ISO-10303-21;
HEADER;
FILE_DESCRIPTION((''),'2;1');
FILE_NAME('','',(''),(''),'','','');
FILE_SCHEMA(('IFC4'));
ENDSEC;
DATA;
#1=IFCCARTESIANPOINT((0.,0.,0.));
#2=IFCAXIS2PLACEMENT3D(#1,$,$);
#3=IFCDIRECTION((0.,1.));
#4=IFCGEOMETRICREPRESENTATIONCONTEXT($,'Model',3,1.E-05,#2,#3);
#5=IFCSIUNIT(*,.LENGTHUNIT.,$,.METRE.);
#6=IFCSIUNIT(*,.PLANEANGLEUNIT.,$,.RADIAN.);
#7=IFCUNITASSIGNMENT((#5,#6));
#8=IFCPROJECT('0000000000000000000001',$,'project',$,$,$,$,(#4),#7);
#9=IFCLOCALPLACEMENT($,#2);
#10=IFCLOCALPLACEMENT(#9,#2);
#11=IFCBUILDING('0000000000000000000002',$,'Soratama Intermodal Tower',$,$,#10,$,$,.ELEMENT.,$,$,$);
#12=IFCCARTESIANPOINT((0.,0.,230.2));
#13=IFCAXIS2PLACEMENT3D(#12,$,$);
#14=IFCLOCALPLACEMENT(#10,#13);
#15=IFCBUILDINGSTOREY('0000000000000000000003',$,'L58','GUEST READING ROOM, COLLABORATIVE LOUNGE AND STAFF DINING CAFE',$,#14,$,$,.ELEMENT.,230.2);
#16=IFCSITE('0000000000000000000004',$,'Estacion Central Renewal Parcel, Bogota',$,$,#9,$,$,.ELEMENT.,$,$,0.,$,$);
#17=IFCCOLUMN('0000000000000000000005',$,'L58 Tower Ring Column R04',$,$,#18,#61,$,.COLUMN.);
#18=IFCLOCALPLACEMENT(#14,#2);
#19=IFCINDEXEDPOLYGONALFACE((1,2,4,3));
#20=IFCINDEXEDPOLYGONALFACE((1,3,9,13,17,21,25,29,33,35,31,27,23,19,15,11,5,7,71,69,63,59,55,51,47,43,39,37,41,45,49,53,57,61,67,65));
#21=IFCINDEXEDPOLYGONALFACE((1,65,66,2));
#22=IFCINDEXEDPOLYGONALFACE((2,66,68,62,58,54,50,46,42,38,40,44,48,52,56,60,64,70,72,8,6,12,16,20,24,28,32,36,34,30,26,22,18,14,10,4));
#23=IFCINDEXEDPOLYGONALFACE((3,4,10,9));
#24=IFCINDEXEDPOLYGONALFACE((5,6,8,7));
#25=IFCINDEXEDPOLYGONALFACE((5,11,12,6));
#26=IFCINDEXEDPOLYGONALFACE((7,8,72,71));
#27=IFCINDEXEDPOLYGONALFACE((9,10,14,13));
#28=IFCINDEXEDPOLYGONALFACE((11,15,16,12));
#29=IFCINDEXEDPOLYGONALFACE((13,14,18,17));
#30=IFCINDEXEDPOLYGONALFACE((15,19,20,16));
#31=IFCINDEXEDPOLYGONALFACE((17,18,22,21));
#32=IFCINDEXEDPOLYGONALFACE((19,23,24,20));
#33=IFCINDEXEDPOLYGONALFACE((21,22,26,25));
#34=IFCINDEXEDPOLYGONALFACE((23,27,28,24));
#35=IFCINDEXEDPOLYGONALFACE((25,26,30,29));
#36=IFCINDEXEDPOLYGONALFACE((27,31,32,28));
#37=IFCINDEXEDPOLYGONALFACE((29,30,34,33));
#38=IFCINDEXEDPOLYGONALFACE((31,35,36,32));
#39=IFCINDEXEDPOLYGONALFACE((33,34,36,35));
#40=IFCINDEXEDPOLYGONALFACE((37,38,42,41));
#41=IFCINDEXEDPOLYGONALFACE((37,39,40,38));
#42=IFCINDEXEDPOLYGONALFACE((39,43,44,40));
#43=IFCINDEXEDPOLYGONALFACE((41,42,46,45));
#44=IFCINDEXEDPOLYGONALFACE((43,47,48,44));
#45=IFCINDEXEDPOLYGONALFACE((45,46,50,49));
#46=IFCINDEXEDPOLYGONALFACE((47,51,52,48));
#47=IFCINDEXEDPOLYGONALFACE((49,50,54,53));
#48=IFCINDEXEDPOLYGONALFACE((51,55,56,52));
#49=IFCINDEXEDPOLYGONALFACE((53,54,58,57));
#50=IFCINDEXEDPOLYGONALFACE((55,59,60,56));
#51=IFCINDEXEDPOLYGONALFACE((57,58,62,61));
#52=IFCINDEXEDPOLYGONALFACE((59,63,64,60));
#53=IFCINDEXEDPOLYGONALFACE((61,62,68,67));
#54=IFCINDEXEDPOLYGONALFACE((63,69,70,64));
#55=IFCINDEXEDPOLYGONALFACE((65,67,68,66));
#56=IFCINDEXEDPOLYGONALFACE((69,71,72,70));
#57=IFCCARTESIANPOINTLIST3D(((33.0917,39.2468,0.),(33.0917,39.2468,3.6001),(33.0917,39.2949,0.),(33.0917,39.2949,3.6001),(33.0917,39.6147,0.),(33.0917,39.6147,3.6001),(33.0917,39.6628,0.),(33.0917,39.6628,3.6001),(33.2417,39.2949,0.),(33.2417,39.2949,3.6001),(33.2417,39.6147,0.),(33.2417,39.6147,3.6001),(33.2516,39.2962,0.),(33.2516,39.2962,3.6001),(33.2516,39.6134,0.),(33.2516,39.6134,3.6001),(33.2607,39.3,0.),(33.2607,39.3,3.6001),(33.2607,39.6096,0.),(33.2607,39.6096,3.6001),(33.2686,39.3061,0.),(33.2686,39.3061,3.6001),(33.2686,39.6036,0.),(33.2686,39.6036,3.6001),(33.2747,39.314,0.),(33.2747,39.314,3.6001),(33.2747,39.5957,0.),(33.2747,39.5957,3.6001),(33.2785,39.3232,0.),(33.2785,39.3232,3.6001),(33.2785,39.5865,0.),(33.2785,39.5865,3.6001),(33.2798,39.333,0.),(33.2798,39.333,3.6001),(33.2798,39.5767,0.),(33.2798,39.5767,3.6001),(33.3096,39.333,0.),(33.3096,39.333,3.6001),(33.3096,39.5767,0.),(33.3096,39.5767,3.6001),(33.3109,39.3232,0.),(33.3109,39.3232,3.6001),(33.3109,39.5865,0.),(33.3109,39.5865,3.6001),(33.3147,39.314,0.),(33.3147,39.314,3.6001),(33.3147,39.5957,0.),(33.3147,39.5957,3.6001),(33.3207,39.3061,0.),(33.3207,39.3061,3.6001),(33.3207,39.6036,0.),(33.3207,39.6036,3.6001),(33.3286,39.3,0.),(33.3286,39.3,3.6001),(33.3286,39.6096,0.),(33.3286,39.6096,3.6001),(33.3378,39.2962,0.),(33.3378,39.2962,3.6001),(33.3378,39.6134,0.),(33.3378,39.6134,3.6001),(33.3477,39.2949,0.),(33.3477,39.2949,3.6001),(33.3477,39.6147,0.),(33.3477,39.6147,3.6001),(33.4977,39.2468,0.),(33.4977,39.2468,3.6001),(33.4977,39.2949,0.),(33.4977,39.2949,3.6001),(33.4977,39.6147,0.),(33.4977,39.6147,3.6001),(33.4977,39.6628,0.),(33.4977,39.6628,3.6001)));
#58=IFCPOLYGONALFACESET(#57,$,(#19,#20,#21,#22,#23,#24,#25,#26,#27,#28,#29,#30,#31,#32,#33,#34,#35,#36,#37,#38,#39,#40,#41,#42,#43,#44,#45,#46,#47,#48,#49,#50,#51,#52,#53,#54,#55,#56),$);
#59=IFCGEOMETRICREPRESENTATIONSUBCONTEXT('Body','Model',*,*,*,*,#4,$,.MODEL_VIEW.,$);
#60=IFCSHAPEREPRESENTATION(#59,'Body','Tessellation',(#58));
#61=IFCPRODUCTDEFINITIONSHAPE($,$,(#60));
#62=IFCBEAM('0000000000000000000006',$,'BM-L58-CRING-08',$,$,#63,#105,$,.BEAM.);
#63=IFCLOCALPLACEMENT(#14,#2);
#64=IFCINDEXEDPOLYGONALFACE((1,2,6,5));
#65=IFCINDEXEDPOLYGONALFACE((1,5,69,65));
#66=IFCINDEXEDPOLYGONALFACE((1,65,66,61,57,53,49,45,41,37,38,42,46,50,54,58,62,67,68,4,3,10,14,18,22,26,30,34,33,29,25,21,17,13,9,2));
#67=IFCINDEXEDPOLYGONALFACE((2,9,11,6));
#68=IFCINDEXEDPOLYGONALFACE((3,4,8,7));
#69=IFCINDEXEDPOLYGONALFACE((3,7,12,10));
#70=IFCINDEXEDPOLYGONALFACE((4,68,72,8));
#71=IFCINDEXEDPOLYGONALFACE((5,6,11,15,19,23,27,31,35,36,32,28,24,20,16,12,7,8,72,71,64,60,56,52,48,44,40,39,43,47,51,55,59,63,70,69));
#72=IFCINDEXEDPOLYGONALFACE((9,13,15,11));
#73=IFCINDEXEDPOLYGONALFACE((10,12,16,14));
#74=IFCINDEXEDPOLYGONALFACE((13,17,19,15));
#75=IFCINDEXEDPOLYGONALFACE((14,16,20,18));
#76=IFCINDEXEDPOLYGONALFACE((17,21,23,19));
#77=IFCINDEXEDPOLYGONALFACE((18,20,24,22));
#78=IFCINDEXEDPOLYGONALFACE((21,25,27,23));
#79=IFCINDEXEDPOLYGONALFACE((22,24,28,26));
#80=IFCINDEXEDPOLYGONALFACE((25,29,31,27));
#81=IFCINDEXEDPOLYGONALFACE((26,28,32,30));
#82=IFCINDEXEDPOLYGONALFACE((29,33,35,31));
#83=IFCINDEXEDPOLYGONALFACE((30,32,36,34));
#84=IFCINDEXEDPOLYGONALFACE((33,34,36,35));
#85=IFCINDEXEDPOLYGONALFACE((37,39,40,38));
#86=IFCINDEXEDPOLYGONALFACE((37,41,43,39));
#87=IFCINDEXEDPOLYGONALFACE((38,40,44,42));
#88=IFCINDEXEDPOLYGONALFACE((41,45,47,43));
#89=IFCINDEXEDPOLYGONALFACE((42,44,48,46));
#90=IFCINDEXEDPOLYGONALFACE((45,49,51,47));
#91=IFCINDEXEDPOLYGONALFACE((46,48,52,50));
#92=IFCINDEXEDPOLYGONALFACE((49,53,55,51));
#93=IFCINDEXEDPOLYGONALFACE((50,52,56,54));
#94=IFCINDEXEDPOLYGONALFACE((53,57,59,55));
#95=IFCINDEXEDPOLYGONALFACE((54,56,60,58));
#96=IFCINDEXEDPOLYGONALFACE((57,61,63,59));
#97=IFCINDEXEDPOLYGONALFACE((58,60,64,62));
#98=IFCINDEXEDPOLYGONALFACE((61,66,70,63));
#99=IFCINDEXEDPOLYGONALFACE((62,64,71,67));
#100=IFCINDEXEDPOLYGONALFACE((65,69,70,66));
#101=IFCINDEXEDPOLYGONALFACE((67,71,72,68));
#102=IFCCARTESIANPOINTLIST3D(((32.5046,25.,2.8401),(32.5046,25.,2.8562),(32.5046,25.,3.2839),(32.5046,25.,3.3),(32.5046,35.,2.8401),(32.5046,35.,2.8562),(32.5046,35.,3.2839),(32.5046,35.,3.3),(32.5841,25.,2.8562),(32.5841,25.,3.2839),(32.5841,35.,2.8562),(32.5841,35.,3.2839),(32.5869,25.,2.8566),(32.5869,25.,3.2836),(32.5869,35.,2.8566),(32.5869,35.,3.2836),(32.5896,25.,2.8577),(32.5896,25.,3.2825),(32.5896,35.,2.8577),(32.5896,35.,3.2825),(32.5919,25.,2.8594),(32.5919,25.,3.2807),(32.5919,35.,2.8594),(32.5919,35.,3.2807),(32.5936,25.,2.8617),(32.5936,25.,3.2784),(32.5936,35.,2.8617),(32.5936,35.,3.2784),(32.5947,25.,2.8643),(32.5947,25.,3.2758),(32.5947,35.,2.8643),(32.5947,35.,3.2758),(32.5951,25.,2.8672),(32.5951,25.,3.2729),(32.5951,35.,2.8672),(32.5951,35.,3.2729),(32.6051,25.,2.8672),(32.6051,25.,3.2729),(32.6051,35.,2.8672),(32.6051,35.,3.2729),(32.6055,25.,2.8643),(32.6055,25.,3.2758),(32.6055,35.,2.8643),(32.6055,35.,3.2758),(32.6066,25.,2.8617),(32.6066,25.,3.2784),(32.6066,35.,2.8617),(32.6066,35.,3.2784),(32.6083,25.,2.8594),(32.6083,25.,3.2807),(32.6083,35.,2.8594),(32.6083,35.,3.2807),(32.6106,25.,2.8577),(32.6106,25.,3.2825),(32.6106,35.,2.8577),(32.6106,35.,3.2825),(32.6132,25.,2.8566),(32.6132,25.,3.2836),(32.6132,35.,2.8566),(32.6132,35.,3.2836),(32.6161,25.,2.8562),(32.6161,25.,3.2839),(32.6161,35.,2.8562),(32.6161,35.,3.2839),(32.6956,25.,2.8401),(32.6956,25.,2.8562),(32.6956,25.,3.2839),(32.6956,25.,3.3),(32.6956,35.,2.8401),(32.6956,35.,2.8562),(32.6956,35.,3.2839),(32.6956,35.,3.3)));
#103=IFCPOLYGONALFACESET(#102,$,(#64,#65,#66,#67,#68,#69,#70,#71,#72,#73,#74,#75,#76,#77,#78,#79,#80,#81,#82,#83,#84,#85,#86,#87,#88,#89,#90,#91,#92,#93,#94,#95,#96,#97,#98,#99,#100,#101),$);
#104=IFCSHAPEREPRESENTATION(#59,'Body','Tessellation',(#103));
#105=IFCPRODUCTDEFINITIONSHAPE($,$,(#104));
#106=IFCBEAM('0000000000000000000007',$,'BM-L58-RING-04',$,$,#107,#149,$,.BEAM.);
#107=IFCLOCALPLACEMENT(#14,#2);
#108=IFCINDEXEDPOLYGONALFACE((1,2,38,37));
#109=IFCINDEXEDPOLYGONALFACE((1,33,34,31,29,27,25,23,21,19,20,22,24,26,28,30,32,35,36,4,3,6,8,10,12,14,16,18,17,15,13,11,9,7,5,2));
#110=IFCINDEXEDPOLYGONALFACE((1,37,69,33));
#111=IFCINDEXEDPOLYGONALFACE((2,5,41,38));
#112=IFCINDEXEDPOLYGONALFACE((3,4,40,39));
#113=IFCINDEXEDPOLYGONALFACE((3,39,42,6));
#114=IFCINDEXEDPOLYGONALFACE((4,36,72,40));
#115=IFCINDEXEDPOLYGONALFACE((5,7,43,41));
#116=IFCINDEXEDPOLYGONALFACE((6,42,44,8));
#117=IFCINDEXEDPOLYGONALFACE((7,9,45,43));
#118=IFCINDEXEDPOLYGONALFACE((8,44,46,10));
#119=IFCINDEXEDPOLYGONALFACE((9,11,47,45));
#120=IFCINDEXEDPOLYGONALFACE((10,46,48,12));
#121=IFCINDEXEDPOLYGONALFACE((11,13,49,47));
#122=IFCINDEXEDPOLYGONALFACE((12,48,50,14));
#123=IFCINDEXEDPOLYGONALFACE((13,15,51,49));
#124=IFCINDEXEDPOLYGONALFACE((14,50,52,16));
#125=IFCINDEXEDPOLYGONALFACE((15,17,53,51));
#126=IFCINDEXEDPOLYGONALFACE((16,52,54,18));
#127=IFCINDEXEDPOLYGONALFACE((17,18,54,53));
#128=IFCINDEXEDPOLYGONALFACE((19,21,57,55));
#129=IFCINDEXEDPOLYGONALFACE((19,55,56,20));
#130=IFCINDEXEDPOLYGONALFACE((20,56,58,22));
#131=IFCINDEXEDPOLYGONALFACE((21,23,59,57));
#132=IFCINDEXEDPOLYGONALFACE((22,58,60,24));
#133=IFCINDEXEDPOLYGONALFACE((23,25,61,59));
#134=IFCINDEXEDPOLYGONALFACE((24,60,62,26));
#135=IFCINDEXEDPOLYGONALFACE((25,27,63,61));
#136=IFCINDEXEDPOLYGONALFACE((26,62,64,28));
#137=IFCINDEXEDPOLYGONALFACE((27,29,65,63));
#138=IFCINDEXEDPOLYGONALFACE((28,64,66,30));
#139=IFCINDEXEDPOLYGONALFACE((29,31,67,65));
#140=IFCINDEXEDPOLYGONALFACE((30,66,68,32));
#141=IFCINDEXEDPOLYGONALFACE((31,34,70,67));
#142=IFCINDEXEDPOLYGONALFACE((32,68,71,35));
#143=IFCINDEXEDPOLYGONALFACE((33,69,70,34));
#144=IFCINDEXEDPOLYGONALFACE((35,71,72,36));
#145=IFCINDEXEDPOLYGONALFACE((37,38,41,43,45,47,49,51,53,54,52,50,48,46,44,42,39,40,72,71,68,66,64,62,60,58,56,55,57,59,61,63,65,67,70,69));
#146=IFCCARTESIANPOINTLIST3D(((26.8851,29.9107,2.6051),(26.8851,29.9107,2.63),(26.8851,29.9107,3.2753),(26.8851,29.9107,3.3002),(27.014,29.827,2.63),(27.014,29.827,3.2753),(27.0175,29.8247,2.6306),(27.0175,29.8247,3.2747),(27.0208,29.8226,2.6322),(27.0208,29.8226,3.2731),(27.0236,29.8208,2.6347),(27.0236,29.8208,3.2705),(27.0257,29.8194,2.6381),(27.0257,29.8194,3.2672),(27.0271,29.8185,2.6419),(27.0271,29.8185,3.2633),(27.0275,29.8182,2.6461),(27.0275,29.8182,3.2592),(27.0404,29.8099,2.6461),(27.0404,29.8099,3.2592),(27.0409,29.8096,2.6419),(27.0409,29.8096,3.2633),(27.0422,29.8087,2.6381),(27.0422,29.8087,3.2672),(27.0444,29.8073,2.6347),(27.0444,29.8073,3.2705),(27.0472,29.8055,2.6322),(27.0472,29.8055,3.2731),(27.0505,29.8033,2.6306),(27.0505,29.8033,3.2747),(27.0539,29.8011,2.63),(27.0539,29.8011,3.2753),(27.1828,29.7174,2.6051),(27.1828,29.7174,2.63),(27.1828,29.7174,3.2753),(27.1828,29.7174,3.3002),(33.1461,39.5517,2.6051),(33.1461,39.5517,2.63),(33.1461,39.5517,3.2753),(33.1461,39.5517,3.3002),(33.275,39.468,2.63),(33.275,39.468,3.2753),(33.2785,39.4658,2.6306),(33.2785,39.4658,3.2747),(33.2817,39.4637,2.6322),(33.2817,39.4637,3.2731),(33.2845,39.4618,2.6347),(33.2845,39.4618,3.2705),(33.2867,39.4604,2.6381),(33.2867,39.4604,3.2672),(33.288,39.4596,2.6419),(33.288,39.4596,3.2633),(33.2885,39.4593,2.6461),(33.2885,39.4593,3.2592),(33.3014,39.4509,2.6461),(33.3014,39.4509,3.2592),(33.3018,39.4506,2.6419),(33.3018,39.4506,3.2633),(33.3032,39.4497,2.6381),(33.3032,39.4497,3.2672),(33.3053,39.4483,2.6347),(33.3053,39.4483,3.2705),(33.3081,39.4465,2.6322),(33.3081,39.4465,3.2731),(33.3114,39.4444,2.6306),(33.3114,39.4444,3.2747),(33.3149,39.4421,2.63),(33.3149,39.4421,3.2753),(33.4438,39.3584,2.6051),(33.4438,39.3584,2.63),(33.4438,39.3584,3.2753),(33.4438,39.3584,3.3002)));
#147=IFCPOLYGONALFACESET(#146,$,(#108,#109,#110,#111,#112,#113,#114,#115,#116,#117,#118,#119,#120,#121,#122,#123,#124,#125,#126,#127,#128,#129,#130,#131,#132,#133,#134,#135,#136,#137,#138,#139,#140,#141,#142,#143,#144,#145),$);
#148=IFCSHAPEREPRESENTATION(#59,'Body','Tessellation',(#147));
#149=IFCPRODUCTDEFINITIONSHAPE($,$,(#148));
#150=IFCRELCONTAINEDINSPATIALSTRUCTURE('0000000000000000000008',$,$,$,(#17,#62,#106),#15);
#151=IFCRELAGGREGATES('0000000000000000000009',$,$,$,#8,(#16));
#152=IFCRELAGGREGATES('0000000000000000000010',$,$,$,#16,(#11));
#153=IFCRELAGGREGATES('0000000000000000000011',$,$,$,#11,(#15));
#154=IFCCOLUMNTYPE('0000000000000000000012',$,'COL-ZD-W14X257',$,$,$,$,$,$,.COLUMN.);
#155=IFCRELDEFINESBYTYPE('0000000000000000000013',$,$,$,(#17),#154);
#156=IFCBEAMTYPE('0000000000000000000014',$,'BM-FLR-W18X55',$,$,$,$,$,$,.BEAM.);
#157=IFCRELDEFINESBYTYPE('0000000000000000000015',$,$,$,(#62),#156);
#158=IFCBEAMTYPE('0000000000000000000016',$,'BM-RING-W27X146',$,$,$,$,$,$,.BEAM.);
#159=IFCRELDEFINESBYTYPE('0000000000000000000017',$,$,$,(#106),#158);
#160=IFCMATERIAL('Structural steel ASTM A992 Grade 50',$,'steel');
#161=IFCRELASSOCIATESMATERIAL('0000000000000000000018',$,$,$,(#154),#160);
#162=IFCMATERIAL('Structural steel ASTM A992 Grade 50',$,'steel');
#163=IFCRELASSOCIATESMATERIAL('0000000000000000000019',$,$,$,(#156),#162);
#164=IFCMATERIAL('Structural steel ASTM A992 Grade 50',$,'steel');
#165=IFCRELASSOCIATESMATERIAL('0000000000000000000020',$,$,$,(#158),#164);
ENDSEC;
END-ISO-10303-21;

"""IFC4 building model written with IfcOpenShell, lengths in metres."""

from ifc_helpers import new_model, si_unit, direction, frame, origin, origin_2d, place, context, subcontext, project, spatial, i_section, extrude, material, material_profile, profile_set, type_object, element, save


model = new_model("IFC4")

# Units and contexts
model_context = context("Model", 3, precision=1e-05, world=origin(), true_north=direction((0.0, 1.0)))
body_context = subcontext(model_context, "Body", "Model", "MODEL_VIEW")
ifc_project = project(units=[si_unit("LENGTHUNIT", "METRE"), si_unit("PLANEANGLEUNIT", "RADIAN")], contexts=[model_context])

# Site, building, storey
site_placement = place(None, origin())
site = spatial("IfcSite", under=ifc_project, at=site_placement, Name="Estacion Central Renewal Parcel, Bogota", CompositionType="ELEMENT", RefElevation=0.0)
building_placement = place(site_placement, origin())
building = spatial("IfcBuilding", under=site, at=building_placement, Name="Soratama Intermodal Tower", CompositionType="ELEMENT")
storey_placement = place(building_placement, frame((0.0, 0.0, 230.2)))
storey = spatial("IfcBuildingStorey", under=building, at=storey_placement, Name="L58", Description="GUEST READING ROOM, COLLABORATIVE LOUNGE AND STAFF DINING CAFE", CompositionType="ELEMENT", Elevation=230.2)

# Column
ifc_material_1 = material(Name="Structural steel ASTM A992 Grade 50", Category="steel")
ifc_material_profile_1 = material_profile(ifc_material_1, i_section(OverallWidth=0.406, OverallDepth=0.416, WebThickness=0.0298, FlangeThickness=0.0481, FilletRadius=0.0381, at=origin_2d()), Name="W14X257")
ifc_profile_set_1 = profile_set([ifc_material_profile_1], Name="Structural steel ASTM A992 Grade 50")
column_type = type_object("IfcColumnType", Name="COL-ZD-W14X257", PredefinedType="COLUMN", material=ifc_profile_set_1)
column_placement = place(storey_placement, frame((33.2947, 39.4548, 0.0), z_axis=(0.0, 0.0, 1.0), x_axis=(1.0, 0.0, 0.0)))
element("IfcColumn", 1, at=column_placement, inside=storey, type_object=column_type, Name="L58 Tower Ring Column R04", PredefinedType="COLUMN", context=body_context, shape_type="SweptSolid", body=[
    extrude(i_section(OverallWidth=0.406, OverallDepth=0.416, WebThickness=0.0298, FlangeThickness=0.0481, FilletRadius=0.0381, at=origin_2d()), origin(), (0.0, 0.0, 1.0), 3.6001),
])

# Beams
ifc_material_2 = material(Name="Structural steel ASTM A992 Grade 50", Category="steel")
ifc_material_profile_2 = material_profile(ifc_material_2, i_section(OverallWidth=0.1909, OverallDepth=0.46, WebThickness=0.01, FlangeThickness=0.0161, FilletRadius=0.011, at=origin_2d()), Name="W18X55")
ifc_profile_set_2 = profile_set([ifc_material_profile_2], Name="Structural steel ASTM A992 Grade 50")
beam_type_1 = type_object("IfcBeamType", Name="BM-FLR-W18X55", PredefinedType="BEAM", material=ifc_profile_set_2)
beam_1_placement = place(storey_placement, frame((32.6001, 35.0, 3.0701), z_axis=(0.0, -1.0, 0.0), x_axis=(1.0, 0.0, 0.0)))
element("IfcBeam", 2, at=beam_1_placement, inside=storey, type_object=beam_type_1, Name="BM-L58-CRING-08", PredefinedType="BEAM", context=body_context, shape_type="SweptSolid", body=[
    extrude(i_section(OverallWidth=0.1909, OverallDepth=0.46, WebThickness=0.01, FlangeThickness=0.0161, FilletRadius=0.011, at=origin_2d()), origin(), (0.0, 0.0, 1.0), 10.0),
])
ifc_material_3 = material(Name="Structural steel ASTM A992 Grade 50", Category="steel")
ifc_material_profile_3 = material_profile(ifc_material_3, i_section(OverallWidth=0.355, OverallDepth=0.6951, WebThickness=0.0154, FlangeThickness=0.0249, FilletRadius=0.0161, at=origin_2d()), Name="W27X146")
ifc_profile_set_3 = profile_set([ifc_material_profile_3], Name="Structural steel ASTM A992 Grade 50")
beam_type_2 = type_object("IfcBeamType", Name="BM-RING-W27X146", PredefinedType="BEAM", material=ifc_profile_set_3)
beam_2_placement = place(storey_placement, frame((33.2949, 39.4551, 2.9526), z_axis=(-0.544637, -0.838672, 0.0), x_axis=(0.838672, -0.544637, 0.0)))
element("IfcBeam", 3, at=beam_2_placement, inside=storey, type_object=beam_type_2, Name="BM-L58-RING-04", PredefinedType="BEAM", context=body_context, shape_type="SweptSolid", body=[
    extrude(i_section(OverallWidth=0.355, OverallDepth=0.6951, WebThickness=0.0154, FlangeThickness=0.0249, FilletRadius=0.0161, at=origin_2d()), origin(), (0.0, 0.0, 1.0), 11.4956),
])

save(model, "model.ifc")
